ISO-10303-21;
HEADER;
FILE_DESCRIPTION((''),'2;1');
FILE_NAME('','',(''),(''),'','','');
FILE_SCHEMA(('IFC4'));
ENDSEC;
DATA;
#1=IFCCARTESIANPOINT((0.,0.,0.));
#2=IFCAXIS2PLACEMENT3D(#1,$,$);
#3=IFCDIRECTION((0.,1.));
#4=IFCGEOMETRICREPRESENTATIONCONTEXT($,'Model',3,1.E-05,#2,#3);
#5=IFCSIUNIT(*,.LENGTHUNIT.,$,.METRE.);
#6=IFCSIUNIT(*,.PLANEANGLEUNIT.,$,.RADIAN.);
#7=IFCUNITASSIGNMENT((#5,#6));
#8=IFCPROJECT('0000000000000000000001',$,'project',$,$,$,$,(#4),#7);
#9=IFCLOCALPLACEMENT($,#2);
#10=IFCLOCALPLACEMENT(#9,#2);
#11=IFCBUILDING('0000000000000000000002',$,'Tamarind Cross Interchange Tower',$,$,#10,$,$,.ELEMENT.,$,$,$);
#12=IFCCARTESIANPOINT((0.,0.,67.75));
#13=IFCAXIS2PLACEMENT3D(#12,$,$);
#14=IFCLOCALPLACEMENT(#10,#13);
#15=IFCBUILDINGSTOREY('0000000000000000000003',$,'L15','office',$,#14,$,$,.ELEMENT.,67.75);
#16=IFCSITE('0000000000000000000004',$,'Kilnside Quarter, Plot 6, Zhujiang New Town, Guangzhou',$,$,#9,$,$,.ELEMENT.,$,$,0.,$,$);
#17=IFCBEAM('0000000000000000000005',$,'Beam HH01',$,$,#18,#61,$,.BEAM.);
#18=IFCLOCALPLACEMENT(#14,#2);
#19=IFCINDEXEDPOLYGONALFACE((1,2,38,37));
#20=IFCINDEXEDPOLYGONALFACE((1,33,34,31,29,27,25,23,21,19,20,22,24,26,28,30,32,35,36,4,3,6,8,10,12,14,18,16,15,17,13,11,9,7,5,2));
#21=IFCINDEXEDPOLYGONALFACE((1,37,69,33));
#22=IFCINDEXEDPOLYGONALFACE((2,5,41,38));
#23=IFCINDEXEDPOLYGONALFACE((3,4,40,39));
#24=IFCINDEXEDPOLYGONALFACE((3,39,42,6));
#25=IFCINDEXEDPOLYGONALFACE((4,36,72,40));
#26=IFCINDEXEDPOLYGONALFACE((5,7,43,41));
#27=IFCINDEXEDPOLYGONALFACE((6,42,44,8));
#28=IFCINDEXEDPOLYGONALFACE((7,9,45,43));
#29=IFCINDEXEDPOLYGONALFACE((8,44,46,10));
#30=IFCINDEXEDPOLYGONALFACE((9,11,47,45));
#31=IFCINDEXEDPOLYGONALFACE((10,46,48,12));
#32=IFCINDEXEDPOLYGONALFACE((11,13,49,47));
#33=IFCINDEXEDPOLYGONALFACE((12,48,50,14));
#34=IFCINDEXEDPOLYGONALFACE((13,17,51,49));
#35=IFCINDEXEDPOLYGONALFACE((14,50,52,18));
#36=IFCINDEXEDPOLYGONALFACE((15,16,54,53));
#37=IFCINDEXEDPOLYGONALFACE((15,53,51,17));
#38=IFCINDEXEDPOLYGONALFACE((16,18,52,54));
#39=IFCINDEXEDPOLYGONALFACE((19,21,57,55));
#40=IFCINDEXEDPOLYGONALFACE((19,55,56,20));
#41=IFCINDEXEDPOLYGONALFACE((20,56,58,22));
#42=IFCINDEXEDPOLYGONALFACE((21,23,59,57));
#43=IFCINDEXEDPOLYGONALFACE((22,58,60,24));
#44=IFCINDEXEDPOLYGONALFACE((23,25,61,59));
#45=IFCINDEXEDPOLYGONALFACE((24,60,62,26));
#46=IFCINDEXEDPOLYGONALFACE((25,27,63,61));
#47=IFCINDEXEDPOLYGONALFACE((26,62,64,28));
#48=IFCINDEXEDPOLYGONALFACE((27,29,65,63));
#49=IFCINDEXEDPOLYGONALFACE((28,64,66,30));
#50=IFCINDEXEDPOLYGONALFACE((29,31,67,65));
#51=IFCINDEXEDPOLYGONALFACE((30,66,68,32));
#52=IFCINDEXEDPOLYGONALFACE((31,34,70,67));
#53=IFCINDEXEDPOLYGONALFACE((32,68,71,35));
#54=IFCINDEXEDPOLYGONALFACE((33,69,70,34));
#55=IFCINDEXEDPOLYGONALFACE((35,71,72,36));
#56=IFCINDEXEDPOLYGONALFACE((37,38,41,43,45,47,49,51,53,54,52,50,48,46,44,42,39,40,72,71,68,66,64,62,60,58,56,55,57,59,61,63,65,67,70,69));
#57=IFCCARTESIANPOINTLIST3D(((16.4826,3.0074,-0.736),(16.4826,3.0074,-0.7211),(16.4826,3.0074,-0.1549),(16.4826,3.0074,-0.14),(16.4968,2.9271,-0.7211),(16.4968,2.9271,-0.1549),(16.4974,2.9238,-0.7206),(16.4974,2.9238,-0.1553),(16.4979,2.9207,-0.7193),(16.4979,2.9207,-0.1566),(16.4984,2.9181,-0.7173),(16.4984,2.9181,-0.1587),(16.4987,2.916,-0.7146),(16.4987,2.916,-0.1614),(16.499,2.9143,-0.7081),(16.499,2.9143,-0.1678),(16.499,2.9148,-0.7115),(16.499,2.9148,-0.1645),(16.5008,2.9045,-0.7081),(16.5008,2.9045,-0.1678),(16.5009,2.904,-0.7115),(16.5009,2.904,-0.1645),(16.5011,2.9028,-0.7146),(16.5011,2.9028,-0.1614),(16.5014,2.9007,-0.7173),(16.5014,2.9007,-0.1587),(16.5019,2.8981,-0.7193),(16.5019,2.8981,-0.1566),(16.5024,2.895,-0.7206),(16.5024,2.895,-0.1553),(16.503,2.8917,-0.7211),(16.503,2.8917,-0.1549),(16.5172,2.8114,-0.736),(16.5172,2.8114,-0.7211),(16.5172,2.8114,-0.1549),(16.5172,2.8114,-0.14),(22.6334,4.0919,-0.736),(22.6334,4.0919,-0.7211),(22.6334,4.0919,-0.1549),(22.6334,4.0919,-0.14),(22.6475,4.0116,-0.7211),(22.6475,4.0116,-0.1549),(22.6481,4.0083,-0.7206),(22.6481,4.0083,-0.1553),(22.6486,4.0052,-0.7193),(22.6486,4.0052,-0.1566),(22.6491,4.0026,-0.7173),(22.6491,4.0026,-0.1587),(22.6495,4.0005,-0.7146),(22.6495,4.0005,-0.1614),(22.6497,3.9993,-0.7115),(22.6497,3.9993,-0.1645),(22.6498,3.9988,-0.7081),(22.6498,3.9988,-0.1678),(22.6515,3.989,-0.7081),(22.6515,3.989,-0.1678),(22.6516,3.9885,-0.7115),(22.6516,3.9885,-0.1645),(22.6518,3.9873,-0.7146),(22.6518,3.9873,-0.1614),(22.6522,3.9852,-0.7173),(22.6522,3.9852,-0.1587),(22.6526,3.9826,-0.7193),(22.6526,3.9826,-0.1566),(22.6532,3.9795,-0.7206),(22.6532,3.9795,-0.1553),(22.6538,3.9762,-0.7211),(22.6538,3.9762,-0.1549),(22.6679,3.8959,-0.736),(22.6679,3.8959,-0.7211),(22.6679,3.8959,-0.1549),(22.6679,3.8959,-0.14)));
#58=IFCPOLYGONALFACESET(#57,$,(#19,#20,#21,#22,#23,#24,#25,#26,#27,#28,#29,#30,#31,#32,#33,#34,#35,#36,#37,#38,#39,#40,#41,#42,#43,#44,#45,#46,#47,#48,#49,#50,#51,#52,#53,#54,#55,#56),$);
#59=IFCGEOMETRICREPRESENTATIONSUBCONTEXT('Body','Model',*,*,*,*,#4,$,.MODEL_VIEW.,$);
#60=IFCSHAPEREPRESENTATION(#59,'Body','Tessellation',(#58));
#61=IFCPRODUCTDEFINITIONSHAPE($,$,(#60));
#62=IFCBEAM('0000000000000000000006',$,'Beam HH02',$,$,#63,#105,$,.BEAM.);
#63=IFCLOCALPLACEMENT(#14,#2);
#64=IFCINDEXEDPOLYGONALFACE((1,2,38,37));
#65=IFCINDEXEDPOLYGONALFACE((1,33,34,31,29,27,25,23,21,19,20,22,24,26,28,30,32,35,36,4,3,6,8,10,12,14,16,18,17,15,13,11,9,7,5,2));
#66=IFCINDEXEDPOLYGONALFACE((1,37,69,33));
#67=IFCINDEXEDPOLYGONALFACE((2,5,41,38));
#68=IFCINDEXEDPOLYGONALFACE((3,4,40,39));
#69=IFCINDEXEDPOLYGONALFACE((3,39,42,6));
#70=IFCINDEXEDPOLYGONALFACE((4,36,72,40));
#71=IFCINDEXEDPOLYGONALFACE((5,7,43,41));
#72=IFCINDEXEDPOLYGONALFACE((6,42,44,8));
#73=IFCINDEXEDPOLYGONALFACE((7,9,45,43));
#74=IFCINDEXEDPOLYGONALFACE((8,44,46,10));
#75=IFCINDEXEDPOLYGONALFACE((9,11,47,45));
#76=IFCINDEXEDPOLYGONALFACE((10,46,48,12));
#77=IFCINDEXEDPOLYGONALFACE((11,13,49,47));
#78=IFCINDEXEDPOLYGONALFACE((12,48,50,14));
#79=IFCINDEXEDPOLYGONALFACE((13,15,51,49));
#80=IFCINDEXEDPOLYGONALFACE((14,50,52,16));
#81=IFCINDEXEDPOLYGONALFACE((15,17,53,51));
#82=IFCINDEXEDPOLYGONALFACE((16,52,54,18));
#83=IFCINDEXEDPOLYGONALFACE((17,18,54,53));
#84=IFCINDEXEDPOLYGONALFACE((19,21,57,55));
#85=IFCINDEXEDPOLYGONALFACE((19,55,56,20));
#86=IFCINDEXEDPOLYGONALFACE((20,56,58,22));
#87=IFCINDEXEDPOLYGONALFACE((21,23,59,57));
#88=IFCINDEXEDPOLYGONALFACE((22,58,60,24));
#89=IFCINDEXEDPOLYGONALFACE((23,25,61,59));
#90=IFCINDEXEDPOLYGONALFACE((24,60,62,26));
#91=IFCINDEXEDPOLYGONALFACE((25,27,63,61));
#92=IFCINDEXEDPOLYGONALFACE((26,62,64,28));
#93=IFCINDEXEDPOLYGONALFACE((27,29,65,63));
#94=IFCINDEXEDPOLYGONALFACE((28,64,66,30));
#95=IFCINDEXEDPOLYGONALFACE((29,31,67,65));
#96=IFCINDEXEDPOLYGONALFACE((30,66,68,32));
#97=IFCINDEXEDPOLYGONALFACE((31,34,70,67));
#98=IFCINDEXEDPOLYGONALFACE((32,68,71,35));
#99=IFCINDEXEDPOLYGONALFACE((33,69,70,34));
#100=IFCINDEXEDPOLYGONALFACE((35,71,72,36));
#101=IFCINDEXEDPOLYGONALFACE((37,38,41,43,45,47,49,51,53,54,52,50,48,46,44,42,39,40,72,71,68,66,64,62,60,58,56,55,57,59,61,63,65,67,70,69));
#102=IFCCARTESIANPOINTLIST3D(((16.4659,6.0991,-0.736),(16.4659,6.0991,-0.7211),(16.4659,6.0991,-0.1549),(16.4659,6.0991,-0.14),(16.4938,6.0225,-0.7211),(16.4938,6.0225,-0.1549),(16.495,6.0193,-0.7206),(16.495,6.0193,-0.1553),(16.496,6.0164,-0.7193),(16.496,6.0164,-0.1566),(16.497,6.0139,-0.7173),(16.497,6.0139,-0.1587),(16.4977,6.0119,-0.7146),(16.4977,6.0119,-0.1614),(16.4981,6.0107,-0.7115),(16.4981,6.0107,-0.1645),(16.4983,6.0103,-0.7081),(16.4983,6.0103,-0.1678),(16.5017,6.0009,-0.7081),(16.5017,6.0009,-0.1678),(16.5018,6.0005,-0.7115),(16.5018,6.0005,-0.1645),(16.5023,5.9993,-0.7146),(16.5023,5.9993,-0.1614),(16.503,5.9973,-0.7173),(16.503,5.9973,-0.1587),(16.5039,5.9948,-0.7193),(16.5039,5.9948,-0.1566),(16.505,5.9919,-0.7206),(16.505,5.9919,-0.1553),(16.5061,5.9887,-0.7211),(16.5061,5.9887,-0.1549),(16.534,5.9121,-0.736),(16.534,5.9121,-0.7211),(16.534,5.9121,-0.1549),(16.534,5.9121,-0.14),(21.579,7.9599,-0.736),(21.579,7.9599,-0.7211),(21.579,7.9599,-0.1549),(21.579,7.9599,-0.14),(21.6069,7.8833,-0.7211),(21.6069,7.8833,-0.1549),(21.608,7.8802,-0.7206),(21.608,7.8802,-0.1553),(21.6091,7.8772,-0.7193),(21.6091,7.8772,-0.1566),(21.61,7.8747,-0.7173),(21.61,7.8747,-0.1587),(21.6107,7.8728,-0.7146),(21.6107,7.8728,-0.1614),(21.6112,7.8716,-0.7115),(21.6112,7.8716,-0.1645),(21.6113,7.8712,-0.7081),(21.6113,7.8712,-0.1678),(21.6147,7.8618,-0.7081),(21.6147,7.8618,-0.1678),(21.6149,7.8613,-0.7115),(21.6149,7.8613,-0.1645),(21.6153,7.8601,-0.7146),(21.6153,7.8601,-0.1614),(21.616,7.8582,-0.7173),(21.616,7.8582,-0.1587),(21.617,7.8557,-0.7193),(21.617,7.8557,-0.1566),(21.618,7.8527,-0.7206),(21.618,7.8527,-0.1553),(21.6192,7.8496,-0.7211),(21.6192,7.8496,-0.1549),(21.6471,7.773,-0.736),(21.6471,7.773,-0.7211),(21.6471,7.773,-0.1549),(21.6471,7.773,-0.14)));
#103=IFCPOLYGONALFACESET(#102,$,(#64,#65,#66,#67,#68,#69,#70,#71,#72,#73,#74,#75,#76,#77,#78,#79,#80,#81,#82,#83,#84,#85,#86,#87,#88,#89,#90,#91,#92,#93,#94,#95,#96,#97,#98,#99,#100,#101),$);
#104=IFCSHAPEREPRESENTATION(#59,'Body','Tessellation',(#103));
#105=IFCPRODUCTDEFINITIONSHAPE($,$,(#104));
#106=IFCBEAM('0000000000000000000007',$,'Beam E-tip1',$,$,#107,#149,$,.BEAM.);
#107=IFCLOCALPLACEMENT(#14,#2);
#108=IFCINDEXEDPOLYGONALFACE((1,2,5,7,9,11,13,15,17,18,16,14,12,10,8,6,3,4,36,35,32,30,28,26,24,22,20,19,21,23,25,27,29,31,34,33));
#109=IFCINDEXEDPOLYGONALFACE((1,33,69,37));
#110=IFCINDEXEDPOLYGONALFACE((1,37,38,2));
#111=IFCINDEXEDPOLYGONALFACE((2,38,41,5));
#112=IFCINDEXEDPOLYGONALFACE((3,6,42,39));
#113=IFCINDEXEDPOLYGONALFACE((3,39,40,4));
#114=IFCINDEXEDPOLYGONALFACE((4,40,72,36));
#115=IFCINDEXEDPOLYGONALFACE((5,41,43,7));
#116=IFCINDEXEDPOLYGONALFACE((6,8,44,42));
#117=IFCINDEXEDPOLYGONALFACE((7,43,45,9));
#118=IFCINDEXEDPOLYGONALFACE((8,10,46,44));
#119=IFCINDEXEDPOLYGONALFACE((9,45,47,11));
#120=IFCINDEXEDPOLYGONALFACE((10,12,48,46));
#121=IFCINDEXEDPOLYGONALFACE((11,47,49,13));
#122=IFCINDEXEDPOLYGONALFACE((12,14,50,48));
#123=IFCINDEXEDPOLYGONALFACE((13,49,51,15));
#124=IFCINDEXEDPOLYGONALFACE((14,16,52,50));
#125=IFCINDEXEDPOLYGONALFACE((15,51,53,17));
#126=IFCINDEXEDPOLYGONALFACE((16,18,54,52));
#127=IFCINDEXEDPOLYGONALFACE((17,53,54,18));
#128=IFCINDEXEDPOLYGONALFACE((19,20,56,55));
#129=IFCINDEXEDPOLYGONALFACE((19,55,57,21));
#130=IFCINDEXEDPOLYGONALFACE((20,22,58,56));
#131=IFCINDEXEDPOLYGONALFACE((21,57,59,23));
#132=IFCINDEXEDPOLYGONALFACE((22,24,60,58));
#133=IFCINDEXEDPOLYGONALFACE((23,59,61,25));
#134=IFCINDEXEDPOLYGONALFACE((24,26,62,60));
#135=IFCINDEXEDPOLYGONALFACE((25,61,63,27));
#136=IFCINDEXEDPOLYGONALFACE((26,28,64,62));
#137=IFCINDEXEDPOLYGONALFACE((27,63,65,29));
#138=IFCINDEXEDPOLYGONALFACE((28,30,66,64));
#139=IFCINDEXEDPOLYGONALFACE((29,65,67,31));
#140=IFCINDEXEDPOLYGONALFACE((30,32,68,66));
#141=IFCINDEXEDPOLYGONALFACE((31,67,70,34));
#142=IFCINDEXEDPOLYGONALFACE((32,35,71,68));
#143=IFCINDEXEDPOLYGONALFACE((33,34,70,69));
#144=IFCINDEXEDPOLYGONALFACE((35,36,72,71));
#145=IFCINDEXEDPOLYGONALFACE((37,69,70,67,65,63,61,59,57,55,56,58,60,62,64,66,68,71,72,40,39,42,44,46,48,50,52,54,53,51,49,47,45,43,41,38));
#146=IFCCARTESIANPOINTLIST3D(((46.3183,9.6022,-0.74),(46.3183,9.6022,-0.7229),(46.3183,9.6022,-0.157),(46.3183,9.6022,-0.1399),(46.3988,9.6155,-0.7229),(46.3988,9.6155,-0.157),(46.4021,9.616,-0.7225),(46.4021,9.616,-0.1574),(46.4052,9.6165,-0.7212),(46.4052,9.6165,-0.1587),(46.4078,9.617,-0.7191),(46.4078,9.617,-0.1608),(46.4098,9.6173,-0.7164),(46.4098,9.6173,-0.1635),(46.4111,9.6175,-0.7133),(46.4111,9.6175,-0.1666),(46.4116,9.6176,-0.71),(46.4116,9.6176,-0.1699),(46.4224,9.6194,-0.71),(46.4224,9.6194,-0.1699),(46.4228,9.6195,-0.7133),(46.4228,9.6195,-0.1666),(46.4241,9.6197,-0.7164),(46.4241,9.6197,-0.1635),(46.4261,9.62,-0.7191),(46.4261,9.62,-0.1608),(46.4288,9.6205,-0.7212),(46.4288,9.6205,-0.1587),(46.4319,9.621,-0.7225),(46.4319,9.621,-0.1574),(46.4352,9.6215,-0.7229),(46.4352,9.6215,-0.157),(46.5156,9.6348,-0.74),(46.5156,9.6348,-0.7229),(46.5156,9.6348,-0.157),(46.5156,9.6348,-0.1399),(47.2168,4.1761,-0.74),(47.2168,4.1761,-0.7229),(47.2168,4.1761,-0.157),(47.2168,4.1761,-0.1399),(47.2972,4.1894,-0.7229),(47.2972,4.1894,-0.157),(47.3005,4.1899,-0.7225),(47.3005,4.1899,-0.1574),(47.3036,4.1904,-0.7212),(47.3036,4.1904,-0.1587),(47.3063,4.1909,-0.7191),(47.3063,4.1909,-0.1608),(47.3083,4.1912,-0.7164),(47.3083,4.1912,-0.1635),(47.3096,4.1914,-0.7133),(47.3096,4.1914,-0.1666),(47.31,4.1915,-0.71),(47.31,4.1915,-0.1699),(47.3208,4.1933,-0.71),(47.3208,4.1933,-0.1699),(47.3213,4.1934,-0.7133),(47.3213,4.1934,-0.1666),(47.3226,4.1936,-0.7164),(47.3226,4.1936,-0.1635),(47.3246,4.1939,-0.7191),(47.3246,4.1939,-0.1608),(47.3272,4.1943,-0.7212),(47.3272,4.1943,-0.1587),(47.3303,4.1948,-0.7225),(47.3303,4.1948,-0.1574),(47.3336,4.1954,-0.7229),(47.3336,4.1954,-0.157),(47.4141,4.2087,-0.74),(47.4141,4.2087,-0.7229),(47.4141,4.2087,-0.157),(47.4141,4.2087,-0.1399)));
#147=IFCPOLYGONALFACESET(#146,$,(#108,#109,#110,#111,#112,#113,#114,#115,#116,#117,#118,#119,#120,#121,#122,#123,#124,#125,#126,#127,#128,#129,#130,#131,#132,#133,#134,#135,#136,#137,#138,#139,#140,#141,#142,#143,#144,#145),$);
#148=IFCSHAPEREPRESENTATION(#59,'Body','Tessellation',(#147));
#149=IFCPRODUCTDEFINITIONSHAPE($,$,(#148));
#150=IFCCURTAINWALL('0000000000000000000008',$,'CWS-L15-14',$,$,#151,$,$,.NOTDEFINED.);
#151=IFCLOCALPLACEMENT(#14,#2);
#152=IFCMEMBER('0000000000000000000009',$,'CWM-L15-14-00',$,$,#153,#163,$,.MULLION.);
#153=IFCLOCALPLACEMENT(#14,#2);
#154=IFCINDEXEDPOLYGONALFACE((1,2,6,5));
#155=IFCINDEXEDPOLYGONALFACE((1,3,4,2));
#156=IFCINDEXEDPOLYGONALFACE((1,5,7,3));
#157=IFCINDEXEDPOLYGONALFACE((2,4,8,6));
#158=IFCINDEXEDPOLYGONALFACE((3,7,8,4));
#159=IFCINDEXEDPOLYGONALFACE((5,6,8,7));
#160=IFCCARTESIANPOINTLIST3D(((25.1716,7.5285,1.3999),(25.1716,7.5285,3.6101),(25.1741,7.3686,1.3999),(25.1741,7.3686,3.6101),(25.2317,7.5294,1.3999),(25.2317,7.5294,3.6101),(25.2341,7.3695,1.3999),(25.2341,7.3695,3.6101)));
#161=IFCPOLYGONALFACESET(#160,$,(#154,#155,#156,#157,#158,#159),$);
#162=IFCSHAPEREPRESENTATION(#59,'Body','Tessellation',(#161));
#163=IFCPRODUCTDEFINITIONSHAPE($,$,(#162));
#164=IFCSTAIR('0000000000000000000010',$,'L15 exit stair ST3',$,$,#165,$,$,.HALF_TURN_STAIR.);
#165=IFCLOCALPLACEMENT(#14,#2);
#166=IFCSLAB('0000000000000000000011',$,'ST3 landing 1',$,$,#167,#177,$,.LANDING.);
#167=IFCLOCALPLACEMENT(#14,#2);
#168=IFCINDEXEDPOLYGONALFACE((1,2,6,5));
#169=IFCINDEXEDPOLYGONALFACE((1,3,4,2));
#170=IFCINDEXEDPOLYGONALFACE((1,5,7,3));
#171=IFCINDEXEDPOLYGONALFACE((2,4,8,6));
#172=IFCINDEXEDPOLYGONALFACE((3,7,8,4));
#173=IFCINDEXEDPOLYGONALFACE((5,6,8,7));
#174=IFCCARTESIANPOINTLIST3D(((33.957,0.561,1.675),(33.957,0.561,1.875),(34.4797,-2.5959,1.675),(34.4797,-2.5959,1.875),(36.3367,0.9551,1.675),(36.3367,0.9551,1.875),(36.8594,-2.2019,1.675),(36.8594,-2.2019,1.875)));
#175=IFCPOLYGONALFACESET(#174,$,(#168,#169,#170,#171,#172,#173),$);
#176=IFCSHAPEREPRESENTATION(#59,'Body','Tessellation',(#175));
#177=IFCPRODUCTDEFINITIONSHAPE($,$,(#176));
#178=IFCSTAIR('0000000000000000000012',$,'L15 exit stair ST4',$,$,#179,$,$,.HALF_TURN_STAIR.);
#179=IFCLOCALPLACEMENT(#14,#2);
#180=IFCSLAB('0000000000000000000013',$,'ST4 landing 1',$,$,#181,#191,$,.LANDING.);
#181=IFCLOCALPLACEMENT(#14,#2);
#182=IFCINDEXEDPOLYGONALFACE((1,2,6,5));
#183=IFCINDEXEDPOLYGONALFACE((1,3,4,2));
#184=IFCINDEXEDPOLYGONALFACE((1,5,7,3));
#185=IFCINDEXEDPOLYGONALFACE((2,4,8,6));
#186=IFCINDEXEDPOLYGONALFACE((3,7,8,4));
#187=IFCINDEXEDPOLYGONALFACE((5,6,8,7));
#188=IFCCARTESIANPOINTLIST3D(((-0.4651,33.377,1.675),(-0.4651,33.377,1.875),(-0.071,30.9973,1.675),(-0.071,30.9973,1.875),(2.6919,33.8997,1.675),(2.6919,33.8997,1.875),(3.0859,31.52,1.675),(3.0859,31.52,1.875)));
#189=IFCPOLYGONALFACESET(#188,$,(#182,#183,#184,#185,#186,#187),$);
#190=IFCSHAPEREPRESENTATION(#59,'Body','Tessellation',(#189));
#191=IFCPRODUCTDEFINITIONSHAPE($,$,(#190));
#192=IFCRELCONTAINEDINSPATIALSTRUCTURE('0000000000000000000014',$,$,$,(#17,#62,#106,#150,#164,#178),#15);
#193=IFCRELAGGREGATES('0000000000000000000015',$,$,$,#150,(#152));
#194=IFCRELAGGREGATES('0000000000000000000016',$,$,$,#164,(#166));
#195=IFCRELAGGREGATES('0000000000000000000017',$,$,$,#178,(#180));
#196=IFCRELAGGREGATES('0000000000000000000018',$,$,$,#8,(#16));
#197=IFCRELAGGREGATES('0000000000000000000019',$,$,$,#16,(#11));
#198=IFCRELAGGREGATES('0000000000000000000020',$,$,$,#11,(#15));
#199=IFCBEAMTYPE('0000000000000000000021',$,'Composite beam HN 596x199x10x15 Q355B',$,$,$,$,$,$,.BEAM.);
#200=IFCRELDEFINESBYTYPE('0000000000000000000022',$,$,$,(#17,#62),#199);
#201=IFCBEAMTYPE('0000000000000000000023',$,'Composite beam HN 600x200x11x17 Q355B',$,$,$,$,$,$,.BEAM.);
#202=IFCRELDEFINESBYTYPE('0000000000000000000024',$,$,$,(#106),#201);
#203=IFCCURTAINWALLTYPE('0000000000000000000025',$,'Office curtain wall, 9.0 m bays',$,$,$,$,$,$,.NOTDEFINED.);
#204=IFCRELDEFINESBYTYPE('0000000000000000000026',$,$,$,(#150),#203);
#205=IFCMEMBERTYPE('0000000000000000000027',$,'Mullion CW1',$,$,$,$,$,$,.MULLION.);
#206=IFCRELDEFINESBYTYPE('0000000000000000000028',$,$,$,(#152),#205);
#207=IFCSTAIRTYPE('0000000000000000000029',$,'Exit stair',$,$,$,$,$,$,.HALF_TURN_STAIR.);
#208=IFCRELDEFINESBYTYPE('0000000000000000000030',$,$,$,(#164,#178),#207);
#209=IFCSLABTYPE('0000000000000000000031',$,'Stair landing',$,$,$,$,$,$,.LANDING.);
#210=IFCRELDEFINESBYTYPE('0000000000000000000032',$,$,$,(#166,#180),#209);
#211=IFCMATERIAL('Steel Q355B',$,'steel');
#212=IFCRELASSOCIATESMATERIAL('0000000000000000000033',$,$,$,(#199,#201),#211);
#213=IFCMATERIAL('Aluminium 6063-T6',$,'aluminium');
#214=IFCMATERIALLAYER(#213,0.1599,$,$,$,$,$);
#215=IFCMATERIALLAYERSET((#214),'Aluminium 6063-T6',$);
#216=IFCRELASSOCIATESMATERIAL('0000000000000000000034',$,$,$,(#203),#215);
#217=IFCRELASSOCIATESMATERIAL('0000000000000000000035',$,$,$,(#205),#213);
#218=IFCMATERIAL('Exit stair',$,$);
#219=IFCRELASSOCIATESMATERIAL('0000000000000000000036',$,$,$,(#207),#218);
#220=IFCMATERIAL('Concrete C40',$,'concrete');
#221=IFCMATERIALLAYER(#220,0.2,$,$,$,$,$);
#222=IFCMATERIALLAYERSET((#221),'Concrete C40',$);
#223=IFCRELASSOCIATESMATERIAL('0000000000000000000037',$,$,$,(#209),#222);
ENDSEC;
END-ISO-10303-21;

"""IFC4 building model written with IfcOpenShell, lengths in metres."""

from ifc_helpers import new_model, si_unit, direction, frame, origin, origin_2d, place, context, subcontext, project, spatial, polyline, rectangle, i_section, outline, extrude, material, layer, layer_set, material_profile, profile_set, type_object, element, aggregate, save


model = new_model("IFC4")

# Units and contexts
model_context = context("Model", 3, precision=1e-05, world=origin(), true_north=direction((0.0, 1.0)))
body_context = subcontext(model_context, "Body", "Model", "MODEL_VIEW")
ifc_project = project(units=[si_unit("LENGTHUNIT", "METRE"), si_unit("PLANEANGLEUNIT", "RADIAN")], contexts=[model_context])

# Site, building, storey
site_placement = place(None, origin())
site = spatial("IfcSite", under=ifc_project, at=site_placement, Name="Kilnside Quarter, Plot 6, Zhujiang New Town, Guangzhou", CompositionType="ELEMENT", RefElevation=0.0)
building_placement = place(site_placement, origin())
building = spatial("IfcBuilding", under=site, at=building_placement, Name="Tamarind Cross Interchange Tower", CompositionType="ELEMENT")
storey_placement = place(building_placement, frame((0.0, 0.0, 67.75)))
storey = spatial("IfcBuildingStorey", under=building, at=storey_placement, Name="L15", Description="office", CompositionType="ELEMENT", Elevation=67.75)

# Beams
ifc_material_1 = material(Name="Steel Q355B", Category="steel")
ifc_material_profile_1 = material_profile(ifc_material_1, i_section(OverallWidth=0.199, OverallDepth=0.5959, WebThickness=0.01, FlangeThickness=0.0149, FilletRadius=0.0129, at=origin_2d()), Name="HN 596x199x10x15")
ifc_profile_set_1 = profile_set([ifc_material_profile_1], Name="Steel Q355B")
beam_type_1 = type_object("IfcBeamType", Name="Composite beam HN 596x199x10x15 Q355B", PredefinedType="BEAM", material=ifc_profile_set_1)
beam_1_placement = place(storey_placement, frame((22.6506, 3.9939, -0.438), z_axis=(-0.984809, -0.17364, 0.0), x_axis=(0.17364, -0.984809, 0.0)))
element("IfcBeam", 1, at=beam_1_placement, inside=storey, type_object=beam_type_1, Name="Beam HH01", PredefinedType="BEAM", context=body_context, shape_type="SweptSolid", body=[
    extrude(i_section(OverallWidth=0.199, OverallDepth=0.5959, WebThickness=0.01, FlangeThickness=0.0149, FilletRadius=0.0129, at=origin_2d()), origin(), (0.0, 0.0, 1.0), 6.2456),
])
beam_2_placement = place(storey_placement, frame((21.613, 7.8665, -0.438), z_axis=(-0.939702, -0.341995, 0.0), x_axis=(0.341995, -0.939702, 0.0)))
element("IfcBeam", 2, at=beam_2_placement, inside=storey, type_object=beam_type_1, Name="Beam HH02", PredefinedType="BEAM", context=body_context, shape_type="SweptSolid", body=[
    extrude(i_section(OverallWidth=0.199, OverallDepth=0.5959, WebThickness=0.01, FlangeThickness=0.0149, FilletRadius=0.0129, at=origin_2d()), origin(), (0.0, 0.0, 1.0), 5.4412),
])
ifc_material_profile_2 = material_profile(ifc_material_1, i_section(OverallWidth=0.2, OverallDepth=0.6001, WebThickness=0.011, FlangeThickness=0.0171, FilletRadius=0.0129, at=origin_2d()), Name="HN 600x200x11x17")
ifc_profile_set_2 = profile_set([ifc_material_profile_2], Name="Steel Q355B")
beam_type_2 = type_object("IfcBeamType", Name="Composite beam HN 600x200x11x17 Q355B", PredefinedType="BEAM", material=ifc_profile_set_2)
beam_3_placement = place(storey_placement, frame((47.3154, 4.1924, -0.4399), z_axis=(-0.163355, 0.986567, 0.0), x_axis=(-0.986567, -0.163355, 0.0)))
element("IfcBeam", 3, at=beam_3_placement, inside=storey, type_object=beam_type_2, Name="Beam E-tip1", PredefinedType="BEAM", context=body_context, shape_type="SweptSolid", body=[
    extrude(i_section(OverallWidth=0.2, OverallDepth=0.6001, WebThickness=0.011, FlangeThickness=0.0171, FilletRadius=0.0129, at=origin_2d()), origin(), (0.0, 0.0, 1.0), 5.5),
])

# Curtain wall, member
ifc_material_2 = material(Name="Aluminium 6063-T6", Category="aluminium")
ifc_layer_1 = layer(ifc_material_2, 0.1599)
ifc_layer_set_1 = layer_set([ifc_layer_1], Name="Aluminium 6063-T6")
curtain_wall_type = type_object("IfcCurtainWallType", Name="Office curtain wall, 9.0 m bays", PredefinedType="NOTDEFINED", material=ifc_layer_set_1)
curtain_wall_placement = place(storey_placement, origin())
curtain_wall = element("IfcCurtainWall", 4, at=curtain_wall_placement, inside=storey, type_object=curtain_wall_type, Name="CWS-L15-14", PredefinedType="NOTDEFINED")
ifc_material_profile_3 = material_profile(ifc_material_2, rectangle(XDim=0.0601, YDim=0.1599, at=origin_2d()), Name="Mullion CW1")
ifc_profile_set_3 = profile_set([ifc_material_profile_3], Name="Aluminium 6063-T6")
member_type = type_object("IfcMemberType", Name="Mullion CW1", PredefinedType="MULLION", material=ifc_profile_set_3)
member_placement = place(storey_placement, frame((25.2029, 7.449, 1.3999), z_axis=(0.0, 0.0, 1.0), x_axis=(-0.999883, -0.015281, 0.0)))
member = element("IfcMember", 5, at=member_placement, type_object=member_type, Name="CWM-L15-14-00", PredefinedType="MULLION", context=body_context, shape_type="SweptSolid", body=[
    extrude(rectangle(XDim=0.0601, YDim=0.1599, at=origin_2d()), origin(), (0.0, 0.0, 1.0), 2.2102),
])
aggregate(curtain_wall, [member])

# Stairs, slabs
ifc_material_3 = material(Name="Exit stair")
stair_type = type_object("IfcStairType", Name="Exit stair", PredefinedType="HALF_TURN_STAIR", material=ifc_material_3)
stair_1_placement = place(storey_placement, origin())
stair_1 = element("IfcStair", 6, at=stair_1_placement, inside=storey, type_object=stair_type, Name="L15 exit stair ST3", PredefinedType="HALF_TURN_STAIR")
ifc_material_4 = material(Name="Concrete C40", Category="concrete")
ifc_layer_2 = layer(ifc_material_4, 0.2)
ifc_layer_set_2 = layer_set([ifc_layer_2], Name="Concrete C40")
slab_type = type_object("IfcSlabType", Name="Stair landing", PredefinedType="LANDING", material=ifc_layer_set_2)
slab_1_placement = place(storey_placement, frame((0.0, 0.0, 1.675)))
slab_1 = element("IfcSlab", 7, at=slab_1_placement, type_object=slab_type, Name="ST3 landing 1", PredefinedType="LANDING", context=body_context, shape_type="SweptSolid", body=[
    extrude(outline(polyline([(34.4797, -2.5959), (36.8594, -2.2019), (36.3367, 0.9551), (33.957, 0.561), (34.4797, -2.5959)])), origin(), (0.0, 0.0, 1.0), 0.2),
])
aggregate(stair_1, [slab_1])
stair_2_placement = place(storey_placement, origin())
stair_2 = element("IfcStair", 8, at=stair_2_placement, inside=storey, type_object=stair_type, Name="L15 exit stair ST4", PredefinedType="HALF_TURN_STAIR")
slab_2_placement = place(storey_placement, frame((0.0, 0.0, 1.675)))
slab_2 = element("IfcSlab", 9, at=slab_2_placement, type_object=slab_type, Name="ST4 landing 1", PredefinedType="LANDING", context=body_context, shape_type="SweptSolid", body=[
    extrude(outline(polyline([(3.0859, 31.52), (2.6919, 33.8997), (-0.4651, 33.377), (-0.071, 30.9973), (3.0859, 31.52)])), origin(), (0.0, 0.0, 1.0), 0.2),
])
aggregate(stair_2, [slab_2])

save(model, "model.ifc")
